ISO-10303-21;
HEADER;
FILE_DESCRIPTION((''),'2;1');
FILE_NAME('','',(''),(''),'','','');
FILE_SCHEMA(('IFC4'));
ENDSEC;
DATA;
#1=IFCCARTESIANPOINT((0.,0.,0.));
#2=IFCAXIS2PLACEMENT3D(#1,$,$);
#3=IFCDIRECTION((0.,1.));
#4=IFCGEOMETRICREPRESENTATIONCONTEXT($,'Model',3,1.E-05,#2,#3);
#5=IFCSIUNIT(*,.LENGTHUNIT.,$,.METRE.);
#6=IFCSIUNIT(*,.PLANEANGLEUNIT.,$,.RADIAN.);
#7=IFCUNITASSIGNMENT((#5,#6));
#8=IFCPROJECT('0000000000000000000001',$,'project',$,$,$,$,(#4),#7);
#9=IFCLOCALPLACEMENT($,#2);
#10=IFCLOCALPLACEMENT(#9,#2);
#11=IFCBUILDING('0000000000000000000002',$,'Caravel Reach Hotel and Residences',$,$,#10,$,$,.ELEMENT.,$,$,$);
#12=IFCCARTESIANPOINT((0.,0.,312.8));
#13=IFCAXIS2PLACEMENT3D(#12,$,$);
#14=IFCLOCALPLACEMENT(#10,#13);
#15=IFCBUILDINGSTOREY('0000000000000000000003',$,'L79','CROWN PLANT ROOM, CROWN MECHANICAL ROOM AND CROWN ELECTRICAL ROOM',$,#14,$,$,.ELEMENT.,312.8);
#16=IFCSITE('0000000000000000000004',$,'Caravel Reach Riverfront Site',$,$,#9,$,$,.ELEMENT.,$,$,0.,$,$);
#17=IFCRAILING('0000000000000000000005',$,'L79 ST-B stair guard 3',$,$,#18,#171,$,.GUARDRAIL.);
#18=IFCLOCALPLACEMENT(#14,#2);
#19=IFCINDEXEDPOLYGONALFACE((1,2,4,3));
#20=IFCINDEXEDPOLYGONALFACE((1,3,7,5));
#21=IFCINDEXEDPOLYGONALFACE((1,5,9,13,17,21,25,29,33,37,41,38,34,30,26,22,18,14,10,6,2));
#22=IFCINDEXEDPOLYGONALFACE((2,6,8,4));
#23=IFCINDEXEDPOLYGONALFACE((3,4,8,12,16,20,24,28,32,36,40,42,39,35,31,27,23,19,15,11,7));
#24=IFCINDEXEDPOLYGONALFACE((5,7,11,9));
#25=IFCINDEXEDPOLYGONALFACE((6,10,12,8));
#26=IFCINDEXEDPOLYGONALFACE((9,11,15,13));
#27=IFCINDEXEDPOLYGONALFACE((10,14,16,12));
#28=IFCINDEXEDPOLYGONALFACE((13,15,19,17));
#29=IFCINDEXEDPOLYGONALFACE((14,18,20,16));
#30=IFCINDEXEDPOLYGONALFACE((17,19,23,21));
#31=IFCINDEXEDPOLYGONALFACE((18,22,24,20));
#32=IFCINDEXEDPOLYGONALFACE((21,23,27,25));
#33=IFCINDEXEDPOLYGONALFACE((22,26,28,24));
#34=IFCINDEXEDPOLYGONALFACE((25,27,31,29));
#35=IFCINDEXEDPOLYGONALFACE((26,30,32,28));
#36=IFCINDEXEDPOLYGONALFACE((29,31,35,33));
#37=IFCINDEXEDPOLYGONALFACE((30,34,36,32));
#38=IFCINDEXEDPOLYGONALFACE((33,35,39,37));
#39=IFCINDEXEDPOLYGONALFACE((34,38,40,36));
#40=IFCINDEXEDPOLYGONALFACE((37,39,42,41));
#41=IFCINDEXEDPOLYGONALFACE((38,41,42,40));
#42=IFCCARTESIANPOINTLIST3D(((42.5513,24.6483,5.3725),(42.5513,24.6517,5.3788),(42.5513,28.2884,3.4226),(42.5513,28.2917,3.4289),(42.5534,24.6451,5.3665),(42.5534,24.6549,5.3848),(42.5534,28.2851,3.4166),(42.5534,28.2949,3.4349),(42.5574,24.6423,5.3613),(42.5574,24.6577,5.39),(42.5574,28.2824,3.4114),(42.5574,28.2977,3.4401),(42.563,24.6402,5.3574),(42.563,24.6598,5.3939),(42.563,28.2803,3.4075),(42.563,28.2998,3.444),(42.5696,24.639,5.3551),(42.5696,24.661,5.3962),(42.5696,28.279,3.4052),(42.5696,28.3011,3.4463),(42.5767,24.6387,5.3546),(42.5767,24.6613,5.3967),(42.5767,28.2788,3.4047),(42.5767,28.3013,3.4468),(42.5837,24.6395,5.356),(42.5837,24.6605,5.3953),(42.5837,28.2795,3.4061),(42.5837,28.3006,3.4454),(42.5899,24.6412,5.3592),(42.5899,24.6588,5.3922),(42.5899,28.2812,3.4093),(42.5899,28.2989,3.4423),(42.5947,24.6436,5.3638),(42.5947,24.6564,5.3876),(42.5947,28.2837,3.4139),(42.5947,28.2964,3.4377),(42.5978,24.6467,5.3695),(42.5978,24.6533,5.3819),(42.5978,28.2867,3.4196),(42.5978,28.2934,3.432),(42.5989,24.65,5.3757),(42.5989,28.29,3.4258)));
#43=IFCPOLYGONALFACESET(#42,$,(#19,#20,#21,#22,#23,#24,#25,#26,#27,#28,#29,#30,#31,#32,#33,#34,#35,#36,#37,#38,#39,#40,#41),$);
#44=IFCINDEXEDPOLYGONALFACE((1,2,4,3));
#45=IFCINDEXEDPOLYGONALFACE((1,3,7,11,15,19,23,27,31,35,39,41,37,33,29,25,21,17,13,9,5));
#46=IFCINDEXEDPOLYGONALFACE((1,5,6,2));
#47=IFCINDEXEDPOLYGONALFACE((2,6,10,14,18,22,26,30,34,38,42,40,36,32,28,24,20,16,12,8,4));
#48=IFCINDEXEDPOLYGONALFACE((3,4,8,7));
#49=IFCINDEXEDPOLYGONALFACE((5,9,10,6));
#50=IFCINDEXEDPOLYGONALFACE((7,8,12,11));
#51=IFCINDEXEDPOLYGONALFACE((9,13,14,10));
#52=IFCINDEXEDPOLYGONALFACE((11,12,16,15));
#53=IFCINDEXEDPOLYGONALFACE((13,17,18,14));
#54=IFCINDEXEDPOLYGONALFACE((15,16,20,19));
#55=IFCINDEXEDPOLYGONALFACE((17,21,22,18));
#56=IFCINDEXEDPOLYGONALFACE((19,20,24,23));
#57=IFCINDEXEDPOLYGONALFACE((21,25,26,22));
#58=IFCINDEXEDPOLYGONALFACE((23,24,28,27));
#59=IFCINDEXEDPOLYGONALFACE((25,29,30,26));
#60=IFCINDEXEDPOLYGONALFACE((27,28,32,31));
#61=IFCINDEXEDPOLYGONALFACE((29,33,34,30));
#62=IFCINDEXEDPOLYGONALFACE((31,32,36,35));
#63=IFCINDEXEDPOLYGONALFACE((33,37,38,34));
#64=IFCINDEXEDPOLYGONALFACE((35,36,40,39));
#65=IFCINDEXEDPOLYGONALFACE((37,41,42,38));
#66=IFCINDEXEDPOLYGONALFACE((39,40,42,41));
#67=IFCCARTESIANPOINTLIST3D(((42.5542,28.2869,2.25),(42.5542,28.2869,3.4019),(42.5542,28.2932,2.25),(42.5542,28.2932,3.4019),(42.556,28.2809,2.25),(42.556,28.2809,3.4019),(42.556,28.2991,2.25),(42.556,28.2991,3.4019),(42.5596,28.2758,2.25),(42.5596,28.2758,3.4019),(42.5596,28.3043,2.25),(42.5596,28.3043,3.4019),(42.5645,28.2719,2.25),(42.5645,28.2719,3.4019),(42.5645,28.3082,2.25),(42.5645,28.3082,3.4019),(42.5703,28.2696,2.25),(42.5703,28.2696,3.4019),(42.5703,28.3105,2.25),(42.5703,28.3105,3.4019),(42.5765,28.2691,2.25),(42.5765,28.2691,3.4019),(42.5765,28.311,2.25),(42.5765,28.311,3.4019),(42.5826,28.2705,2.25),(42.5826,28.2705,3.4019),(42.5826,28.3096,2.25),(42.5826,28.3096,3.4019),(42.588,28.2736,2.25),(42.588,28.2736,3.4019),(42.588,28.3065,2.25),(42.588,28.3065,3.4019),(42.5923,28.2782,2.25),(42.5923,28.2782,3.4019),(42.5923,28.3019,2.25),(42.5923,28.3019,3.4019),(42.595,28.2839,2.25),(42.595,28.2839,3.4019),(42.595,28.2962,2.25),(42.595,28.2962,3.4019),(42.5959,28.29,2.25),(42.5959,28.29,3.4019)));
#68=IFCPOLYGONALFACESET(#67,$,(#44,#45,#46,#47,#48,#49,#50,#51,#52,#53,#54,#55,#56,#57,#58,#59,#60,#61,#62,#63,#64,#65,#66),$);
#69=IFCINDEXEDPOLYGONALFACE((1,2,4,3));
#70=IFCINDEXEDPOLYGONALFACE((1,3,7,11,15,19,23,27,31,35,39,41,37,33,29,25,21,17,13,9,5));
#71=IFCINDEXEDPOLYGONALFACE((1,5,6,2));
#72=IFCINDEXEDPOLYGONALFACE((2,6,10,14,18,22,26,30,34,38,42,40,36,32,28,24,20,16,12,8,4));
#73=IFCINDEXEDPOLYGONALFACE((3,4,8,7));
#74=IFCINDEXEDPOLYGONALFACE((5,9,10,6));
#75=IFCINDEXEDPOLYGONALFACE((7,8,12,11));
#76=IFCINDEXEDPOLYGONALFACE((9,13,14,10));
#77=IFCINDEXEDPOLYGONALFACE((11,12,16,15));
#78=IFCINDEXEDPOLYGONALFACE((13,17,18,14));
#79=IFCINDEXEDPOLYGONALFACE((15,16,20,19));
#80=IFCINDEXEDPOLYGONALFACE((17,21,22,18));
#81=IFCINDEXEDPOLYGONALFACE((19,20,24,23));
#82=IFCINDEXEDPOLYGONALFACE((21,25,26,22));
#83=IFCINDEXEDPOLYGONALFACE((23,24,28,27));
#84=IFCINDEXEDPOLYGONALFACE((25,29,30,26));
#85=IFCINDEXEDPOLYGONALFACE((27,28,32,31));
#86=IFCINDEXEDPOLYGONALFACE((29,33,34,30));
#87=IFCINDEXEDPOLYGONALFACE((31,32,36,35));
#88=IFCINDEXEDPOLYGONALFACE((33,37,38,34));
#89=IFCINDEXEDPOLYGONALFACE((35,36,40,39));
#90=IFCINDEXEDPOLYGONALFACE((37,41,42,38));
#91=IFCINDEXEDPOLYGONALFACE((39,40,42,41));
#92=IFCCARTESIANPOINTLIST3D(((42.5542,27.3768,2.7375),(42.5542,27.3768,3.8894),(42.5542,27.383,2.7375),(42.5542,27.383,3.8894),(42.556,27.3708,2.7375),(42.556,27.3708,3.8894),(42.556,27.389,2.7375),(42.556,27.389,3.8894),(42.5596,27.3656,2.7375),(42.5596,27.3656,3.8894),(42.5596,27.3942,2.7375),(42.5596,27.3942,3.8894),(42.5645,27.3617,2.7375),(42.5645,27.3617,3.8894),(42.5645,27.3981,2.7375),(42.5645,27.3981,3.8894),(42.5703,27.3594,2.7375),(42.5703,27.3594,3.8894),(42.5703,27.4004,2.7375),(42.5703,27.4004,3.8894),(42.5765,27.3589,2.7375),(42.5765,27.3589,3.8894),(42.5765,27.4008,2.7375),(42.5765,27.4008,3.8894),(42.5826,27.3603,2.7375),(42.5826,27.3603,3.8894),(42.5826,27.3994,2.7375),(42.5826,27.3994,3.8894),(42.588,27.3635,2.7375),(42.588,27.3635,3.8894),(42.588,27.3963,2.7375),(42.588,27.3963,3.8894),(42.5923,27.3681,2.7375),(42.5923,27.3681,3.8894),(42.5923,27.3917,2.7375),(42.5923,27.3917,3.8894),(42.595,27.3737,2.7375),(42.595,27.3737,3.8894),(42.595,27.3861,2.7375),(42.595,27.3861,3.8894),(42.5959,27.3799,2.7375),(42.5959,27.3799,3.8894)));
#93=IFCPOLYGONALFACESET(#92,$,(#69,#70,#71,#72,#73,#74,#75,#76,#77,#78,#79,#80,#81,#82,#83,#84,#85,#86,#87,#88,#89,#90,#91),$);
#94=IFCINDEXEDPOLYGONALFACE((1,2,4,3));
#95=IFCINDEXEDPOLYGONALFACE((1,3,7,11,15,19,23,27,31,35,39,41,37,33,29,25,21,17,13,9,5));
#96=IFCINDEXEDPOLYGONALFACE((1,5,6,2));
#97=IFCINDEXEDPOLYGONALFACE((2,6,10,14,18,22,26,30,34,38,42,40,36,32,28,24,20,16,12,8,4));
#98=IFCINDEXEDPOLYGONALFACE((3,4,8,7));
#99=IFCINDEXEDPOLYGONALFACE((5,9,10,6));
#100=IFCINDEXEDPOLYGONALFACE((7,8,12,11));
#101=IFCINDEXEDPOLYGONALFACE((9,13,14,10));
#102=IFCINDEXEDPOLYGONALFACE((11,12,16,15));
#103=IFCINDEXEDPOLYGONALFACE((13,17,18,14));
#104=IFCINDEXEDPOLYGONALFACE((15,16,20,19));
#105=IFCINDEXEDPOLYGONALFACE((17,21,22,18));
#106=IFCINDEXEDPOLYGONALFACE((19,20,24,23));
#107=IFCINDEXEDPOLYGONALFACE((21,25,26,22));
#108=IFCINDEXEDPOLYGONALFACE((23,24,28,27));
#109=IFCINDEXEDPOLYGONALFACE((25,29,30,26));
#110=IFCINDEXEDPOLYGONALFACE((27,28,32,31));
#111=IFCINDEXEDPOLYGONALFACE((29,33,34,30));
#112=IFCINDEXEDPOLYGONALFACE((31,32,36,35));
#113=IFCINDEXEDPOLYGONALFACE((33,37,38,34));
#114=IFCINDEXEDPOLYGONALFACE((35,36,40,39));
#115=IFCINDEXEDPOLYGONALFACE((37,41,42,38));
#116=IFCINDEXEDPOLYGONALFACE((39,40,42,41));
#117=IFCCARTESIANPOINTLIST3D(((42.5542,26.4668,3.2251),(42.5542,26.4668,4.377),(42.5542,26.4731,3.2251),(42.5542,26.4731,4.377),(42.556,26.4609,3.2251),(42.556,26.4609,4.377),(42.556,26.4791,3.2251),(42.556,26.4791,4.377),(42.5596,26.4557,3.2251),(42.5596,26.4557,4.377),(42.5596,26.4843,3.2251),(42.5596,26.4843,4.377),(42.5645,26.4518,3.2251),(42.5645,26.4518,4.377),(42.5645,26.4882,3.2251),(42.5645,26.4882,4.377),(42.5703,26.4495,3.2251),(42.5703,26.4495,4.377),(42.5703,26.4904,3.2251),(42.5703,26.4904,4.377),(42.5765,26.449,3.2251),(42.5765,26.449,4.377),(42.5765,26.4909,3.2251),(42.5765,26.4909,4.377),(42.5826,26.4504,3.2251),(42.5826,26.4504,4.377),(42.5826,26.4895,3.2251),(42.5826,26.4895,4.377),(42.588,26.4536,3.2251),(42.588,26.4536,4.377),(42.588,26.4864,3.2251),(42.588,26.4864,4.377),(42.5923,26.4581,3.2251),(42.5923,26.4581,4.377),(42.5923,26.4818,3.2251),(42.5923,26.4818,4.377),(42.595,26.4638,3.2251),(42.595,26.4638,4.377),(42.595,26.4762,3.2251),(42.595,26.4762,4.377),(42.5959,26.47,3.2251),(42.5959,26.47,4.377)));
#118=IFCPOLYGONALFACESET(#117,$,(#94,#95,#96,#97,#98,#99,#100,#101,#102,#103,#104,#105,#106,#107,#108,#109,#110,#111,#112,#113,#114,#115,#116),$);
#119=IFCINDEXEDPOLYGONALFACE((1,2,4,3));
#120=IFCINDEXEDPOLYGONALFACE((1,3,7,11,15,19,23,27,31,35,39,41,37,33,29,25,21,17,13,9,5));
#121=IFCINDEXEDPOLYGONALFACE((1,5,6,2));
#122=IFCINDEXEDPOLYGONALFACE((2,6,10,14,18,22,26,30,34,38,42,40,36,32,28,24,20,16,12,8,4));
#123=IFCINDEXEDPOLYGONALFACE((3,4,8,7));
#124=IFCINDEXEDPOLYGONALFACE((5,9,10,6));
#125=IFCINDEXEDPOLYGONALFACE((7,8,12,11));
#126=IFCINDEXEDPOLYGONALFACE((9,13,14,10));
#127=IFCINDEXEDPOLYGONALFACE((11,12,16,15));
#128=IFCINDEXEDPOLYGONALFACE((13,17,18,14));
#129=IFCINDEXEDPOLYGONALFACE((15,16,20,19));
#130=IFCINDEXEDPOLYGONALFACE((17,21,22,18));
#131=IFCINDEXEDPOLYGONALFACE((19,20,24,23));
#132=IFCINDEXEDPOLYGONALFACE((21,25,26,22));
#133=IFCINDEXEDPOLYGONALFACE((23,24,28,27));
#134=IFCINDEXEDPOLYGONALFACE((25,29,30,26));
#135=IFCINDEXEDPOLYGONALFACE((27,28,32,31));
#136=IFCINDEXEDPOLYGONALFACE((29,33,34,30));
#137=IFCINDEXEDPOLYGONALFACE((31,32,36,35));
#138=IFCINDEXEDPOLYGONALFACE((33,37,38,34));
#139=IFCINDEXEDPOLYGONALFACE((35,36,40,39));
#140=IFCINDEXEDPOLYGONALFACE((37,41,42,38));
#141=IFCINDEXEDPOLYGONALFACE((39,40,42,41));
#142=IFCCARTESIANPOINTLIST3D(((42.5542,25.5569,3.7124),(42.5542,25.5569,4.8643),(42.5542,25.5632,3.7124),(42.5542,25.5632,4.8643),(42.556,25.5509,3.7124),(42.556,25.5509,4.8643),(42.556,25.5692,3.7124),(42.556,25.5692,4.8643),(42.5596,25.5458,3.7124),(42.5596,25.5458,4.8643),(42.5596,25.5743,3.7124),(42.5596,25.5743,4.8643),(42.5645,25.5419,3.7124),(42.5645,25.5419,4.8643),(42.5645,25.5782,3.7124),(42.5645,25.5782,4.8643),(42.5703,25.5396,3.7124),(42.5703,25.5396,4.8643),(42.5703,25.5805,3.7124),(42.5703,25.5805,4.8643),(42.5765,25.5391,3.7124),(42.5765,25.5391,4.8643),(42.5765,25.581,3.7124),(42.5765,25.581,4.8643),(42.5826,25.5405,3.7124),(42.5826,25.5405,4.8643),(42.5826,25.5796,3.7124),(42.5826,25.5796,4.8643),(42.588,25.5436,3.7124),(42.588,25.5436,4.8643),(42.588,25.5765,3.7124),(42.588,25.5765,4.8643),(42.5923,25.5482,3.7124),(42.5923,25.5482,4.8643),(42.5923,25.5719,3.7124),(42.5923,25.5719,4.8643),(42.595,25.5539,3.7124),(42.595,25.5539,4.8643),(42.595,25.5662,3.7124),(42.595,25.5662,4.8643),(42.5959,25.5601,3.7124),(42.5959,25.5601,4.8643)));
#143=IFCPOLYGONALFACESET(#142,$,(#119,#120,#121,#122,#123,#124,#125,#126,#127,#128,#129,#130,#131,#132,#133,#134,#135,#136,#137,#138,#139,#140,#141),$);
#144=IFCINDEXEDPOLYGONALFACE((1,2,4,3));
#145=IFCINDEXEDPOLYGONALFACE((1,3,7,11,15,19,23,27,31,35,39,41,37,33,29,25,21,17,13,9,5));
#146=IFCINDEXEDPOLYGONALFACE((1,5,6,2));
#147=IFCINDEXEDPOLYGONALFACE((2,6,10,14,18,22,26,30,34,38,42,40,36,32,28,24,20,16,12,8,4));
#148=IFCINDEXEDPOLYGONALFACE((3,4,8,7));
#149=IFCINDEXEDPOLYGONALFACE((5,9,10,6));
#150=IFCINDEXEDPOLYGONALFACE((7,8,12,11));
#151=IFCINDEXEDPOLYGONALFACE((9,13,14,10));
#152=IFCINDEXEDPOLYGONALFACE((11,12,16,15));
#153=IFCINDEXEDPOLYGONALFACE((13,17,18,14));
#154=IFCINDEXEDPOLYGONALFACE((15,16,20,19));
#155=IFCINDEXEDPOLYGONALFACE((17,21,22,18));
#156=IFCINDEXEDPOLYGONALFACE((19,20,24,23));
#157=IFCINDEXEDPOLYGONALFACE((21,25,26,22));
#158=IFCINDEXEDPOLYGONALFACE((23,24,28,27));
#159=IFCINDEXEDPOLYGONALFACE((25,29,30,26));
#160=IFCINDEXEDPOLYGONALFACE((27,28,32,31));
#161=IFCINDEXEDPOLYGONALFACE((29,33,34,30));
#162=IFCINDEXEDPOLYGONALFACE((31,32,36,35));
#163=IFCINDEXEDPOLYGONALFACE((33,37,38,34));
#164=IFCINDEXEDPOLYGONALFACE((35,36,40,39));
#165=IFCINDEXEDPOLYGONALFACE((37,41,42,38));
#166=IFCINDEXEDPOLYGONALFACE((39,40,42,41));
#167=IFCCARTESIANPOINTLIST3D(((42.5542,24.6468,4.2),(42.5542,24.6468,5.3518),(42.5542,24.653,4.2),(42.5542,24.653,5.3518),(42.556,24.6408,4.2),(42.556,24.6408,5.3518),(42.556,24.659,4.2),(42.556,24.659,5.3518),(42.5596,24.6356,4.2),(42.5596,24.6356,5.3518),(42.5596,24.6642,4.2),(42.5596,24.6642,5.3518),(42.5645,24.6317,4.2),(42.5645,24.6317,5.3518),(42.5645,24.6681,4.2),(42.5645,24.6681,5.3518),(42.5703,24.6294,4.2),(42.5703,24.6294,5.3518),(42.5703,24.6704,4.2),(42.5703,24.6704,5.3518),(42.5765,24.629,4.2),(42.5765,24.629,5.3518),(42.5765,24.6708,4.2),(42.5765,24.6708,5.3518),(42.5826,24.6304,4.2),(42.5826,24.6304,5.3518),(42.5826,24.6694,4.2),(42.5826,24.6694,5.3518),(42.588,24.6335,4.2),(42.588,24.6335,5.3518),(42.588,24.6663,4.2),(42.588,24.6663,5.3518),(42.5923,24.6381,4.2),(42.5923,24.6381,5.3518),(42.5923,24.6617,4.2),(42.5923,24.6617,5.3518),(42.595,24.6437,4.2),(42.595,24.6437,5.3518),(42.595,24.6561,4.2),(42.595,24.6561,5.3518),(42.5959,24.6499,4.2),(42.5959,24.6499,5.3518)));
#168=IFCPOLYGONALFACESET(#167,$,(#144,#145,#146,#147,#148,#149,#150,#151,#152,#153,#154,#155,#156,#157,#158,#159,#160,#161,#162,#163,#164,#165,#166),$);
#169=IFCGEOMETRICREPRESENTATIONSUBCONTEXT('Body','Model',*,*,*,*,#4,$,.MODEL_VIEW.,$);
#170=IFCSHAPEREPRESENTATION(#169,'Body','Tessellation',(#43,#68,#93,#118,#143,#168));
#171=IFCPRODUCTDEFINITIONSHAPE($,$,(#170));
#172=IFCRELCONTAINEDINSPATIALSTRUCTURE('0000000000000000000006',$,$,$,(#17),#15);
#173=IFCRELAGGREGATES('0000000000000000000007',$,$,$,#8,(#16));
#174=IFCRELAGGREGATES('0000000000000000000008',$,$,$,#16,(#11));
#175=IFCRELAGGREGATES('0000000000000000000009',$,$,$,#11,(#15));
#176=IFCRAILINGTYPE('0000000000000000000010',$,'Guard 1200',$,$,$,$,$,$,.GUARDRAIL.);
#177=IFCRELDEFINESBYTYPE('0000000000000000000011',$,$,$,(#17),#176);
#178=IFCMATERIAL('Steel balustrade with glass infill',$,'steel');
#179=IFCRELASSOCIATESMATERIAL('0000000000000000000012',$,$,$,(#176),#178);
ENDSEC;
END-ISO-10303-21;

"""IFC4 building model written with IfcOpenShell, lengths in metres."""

from ifc_helpers import new_model, si_unit, direction, frame, origin, origin_2d, place, context, subcontext, project, spatial, circle, extrude, material, type_object, element, save


model = new_model("IFC4")

# Units and contexts
model_context = context("Model", 3, precision=1e-05, world=origin(), true_north=direction((0.0, 1.0)))
body_context = subcontext(model_context, "Body", "Model", "MODEL_VIEW")
ifc_project = project(units=[si_unit("LENGTHUNIT", "METRE"), si_unit("PLANEANGLEUNIT", "RADIAN")], contexts=[model_context])

# Site, building, storey
site_placement = place(None, origin())
site = spatial("IfcSite", under=ifc_project, at=site_placement, Name="Caravel Reach Riverfront Site", CompositionType="ELEMENT", RefElevation=0.0)
building_placement = place(site_placement, origin())
building = spatial("IfcBuilding", under=site, at=building_placement, Name="Caravel Reach Hotel and Residences", CompositionType="ELEMENT")
storey_placement = place(building_placement, frame((0.0, 0.0, 312.8)))
storey = spatial("IfcBuildingStorey", under=building, at=storey_placement, Name="L79", Description="CROWN PLANT ROOM, CROWN MECHANICAL ROOM AND CROWN ELECTRICAL ROOM", CompositionType="ELEMENT", Elevation=312.8)

# Railing
ifc_material_1 = material(Name="Steel balustrade with glass infill", Category="steel")
railing_type = type_object("IfcRailingType", Name="Guard 1200", PredefinedType="GUARDRAIL", material=ifc_material_1)
railing_placement = place(storey_placement, frame((42.575, 28.29, 2.25)))
element("IfcRailing", 1, at=railing_placement, inside=storey, type_object=railing_type, Name="L79 ST-B stair guard 3", PredefinedType="GUARDRAIL", context=body_context, shape_type="SweptSolid", body=[
    extrude(circle(Radius=0.0239, at=origin_2d()), frame((0.0, 0.0, 1.1758), z_axis=(0.0, -0.881492, 0.472198), x_axis=(1.0, 0.0, 0.0)), (0.0, 0.0, 1.0), 4.1294),
    extrude(circle(Radius=0.021, at=origin_2d()), origin(), (0.0, 0.0, 1.0), 1.1519),
    extrude(circle(Radius=0.021, at=origin_2d()), frame((0.0, -0.9102, 0.4875)), (0.0, 0.0, 1.0), 1.1519),
    extrude(circle(Radius=0.021, at=origin_2d()), frame((0.0, -1.8201, 0.9751)), (0.0, 0.0, 1.0), 1.1519),
    extrude(circle(Radius=0.021, at=origin_2d()), frame((0.0, -2.73, 1.4624)), (0.0, 0.0, 1.0), 1.1519),
    extrude(circle(Radius=0.021, at=origin_2d()), frame((0.0, -3.6401, 1.95)), (0.0, 0.0, 1.0), 1.1519),
])

save(model, "model.ifc")
